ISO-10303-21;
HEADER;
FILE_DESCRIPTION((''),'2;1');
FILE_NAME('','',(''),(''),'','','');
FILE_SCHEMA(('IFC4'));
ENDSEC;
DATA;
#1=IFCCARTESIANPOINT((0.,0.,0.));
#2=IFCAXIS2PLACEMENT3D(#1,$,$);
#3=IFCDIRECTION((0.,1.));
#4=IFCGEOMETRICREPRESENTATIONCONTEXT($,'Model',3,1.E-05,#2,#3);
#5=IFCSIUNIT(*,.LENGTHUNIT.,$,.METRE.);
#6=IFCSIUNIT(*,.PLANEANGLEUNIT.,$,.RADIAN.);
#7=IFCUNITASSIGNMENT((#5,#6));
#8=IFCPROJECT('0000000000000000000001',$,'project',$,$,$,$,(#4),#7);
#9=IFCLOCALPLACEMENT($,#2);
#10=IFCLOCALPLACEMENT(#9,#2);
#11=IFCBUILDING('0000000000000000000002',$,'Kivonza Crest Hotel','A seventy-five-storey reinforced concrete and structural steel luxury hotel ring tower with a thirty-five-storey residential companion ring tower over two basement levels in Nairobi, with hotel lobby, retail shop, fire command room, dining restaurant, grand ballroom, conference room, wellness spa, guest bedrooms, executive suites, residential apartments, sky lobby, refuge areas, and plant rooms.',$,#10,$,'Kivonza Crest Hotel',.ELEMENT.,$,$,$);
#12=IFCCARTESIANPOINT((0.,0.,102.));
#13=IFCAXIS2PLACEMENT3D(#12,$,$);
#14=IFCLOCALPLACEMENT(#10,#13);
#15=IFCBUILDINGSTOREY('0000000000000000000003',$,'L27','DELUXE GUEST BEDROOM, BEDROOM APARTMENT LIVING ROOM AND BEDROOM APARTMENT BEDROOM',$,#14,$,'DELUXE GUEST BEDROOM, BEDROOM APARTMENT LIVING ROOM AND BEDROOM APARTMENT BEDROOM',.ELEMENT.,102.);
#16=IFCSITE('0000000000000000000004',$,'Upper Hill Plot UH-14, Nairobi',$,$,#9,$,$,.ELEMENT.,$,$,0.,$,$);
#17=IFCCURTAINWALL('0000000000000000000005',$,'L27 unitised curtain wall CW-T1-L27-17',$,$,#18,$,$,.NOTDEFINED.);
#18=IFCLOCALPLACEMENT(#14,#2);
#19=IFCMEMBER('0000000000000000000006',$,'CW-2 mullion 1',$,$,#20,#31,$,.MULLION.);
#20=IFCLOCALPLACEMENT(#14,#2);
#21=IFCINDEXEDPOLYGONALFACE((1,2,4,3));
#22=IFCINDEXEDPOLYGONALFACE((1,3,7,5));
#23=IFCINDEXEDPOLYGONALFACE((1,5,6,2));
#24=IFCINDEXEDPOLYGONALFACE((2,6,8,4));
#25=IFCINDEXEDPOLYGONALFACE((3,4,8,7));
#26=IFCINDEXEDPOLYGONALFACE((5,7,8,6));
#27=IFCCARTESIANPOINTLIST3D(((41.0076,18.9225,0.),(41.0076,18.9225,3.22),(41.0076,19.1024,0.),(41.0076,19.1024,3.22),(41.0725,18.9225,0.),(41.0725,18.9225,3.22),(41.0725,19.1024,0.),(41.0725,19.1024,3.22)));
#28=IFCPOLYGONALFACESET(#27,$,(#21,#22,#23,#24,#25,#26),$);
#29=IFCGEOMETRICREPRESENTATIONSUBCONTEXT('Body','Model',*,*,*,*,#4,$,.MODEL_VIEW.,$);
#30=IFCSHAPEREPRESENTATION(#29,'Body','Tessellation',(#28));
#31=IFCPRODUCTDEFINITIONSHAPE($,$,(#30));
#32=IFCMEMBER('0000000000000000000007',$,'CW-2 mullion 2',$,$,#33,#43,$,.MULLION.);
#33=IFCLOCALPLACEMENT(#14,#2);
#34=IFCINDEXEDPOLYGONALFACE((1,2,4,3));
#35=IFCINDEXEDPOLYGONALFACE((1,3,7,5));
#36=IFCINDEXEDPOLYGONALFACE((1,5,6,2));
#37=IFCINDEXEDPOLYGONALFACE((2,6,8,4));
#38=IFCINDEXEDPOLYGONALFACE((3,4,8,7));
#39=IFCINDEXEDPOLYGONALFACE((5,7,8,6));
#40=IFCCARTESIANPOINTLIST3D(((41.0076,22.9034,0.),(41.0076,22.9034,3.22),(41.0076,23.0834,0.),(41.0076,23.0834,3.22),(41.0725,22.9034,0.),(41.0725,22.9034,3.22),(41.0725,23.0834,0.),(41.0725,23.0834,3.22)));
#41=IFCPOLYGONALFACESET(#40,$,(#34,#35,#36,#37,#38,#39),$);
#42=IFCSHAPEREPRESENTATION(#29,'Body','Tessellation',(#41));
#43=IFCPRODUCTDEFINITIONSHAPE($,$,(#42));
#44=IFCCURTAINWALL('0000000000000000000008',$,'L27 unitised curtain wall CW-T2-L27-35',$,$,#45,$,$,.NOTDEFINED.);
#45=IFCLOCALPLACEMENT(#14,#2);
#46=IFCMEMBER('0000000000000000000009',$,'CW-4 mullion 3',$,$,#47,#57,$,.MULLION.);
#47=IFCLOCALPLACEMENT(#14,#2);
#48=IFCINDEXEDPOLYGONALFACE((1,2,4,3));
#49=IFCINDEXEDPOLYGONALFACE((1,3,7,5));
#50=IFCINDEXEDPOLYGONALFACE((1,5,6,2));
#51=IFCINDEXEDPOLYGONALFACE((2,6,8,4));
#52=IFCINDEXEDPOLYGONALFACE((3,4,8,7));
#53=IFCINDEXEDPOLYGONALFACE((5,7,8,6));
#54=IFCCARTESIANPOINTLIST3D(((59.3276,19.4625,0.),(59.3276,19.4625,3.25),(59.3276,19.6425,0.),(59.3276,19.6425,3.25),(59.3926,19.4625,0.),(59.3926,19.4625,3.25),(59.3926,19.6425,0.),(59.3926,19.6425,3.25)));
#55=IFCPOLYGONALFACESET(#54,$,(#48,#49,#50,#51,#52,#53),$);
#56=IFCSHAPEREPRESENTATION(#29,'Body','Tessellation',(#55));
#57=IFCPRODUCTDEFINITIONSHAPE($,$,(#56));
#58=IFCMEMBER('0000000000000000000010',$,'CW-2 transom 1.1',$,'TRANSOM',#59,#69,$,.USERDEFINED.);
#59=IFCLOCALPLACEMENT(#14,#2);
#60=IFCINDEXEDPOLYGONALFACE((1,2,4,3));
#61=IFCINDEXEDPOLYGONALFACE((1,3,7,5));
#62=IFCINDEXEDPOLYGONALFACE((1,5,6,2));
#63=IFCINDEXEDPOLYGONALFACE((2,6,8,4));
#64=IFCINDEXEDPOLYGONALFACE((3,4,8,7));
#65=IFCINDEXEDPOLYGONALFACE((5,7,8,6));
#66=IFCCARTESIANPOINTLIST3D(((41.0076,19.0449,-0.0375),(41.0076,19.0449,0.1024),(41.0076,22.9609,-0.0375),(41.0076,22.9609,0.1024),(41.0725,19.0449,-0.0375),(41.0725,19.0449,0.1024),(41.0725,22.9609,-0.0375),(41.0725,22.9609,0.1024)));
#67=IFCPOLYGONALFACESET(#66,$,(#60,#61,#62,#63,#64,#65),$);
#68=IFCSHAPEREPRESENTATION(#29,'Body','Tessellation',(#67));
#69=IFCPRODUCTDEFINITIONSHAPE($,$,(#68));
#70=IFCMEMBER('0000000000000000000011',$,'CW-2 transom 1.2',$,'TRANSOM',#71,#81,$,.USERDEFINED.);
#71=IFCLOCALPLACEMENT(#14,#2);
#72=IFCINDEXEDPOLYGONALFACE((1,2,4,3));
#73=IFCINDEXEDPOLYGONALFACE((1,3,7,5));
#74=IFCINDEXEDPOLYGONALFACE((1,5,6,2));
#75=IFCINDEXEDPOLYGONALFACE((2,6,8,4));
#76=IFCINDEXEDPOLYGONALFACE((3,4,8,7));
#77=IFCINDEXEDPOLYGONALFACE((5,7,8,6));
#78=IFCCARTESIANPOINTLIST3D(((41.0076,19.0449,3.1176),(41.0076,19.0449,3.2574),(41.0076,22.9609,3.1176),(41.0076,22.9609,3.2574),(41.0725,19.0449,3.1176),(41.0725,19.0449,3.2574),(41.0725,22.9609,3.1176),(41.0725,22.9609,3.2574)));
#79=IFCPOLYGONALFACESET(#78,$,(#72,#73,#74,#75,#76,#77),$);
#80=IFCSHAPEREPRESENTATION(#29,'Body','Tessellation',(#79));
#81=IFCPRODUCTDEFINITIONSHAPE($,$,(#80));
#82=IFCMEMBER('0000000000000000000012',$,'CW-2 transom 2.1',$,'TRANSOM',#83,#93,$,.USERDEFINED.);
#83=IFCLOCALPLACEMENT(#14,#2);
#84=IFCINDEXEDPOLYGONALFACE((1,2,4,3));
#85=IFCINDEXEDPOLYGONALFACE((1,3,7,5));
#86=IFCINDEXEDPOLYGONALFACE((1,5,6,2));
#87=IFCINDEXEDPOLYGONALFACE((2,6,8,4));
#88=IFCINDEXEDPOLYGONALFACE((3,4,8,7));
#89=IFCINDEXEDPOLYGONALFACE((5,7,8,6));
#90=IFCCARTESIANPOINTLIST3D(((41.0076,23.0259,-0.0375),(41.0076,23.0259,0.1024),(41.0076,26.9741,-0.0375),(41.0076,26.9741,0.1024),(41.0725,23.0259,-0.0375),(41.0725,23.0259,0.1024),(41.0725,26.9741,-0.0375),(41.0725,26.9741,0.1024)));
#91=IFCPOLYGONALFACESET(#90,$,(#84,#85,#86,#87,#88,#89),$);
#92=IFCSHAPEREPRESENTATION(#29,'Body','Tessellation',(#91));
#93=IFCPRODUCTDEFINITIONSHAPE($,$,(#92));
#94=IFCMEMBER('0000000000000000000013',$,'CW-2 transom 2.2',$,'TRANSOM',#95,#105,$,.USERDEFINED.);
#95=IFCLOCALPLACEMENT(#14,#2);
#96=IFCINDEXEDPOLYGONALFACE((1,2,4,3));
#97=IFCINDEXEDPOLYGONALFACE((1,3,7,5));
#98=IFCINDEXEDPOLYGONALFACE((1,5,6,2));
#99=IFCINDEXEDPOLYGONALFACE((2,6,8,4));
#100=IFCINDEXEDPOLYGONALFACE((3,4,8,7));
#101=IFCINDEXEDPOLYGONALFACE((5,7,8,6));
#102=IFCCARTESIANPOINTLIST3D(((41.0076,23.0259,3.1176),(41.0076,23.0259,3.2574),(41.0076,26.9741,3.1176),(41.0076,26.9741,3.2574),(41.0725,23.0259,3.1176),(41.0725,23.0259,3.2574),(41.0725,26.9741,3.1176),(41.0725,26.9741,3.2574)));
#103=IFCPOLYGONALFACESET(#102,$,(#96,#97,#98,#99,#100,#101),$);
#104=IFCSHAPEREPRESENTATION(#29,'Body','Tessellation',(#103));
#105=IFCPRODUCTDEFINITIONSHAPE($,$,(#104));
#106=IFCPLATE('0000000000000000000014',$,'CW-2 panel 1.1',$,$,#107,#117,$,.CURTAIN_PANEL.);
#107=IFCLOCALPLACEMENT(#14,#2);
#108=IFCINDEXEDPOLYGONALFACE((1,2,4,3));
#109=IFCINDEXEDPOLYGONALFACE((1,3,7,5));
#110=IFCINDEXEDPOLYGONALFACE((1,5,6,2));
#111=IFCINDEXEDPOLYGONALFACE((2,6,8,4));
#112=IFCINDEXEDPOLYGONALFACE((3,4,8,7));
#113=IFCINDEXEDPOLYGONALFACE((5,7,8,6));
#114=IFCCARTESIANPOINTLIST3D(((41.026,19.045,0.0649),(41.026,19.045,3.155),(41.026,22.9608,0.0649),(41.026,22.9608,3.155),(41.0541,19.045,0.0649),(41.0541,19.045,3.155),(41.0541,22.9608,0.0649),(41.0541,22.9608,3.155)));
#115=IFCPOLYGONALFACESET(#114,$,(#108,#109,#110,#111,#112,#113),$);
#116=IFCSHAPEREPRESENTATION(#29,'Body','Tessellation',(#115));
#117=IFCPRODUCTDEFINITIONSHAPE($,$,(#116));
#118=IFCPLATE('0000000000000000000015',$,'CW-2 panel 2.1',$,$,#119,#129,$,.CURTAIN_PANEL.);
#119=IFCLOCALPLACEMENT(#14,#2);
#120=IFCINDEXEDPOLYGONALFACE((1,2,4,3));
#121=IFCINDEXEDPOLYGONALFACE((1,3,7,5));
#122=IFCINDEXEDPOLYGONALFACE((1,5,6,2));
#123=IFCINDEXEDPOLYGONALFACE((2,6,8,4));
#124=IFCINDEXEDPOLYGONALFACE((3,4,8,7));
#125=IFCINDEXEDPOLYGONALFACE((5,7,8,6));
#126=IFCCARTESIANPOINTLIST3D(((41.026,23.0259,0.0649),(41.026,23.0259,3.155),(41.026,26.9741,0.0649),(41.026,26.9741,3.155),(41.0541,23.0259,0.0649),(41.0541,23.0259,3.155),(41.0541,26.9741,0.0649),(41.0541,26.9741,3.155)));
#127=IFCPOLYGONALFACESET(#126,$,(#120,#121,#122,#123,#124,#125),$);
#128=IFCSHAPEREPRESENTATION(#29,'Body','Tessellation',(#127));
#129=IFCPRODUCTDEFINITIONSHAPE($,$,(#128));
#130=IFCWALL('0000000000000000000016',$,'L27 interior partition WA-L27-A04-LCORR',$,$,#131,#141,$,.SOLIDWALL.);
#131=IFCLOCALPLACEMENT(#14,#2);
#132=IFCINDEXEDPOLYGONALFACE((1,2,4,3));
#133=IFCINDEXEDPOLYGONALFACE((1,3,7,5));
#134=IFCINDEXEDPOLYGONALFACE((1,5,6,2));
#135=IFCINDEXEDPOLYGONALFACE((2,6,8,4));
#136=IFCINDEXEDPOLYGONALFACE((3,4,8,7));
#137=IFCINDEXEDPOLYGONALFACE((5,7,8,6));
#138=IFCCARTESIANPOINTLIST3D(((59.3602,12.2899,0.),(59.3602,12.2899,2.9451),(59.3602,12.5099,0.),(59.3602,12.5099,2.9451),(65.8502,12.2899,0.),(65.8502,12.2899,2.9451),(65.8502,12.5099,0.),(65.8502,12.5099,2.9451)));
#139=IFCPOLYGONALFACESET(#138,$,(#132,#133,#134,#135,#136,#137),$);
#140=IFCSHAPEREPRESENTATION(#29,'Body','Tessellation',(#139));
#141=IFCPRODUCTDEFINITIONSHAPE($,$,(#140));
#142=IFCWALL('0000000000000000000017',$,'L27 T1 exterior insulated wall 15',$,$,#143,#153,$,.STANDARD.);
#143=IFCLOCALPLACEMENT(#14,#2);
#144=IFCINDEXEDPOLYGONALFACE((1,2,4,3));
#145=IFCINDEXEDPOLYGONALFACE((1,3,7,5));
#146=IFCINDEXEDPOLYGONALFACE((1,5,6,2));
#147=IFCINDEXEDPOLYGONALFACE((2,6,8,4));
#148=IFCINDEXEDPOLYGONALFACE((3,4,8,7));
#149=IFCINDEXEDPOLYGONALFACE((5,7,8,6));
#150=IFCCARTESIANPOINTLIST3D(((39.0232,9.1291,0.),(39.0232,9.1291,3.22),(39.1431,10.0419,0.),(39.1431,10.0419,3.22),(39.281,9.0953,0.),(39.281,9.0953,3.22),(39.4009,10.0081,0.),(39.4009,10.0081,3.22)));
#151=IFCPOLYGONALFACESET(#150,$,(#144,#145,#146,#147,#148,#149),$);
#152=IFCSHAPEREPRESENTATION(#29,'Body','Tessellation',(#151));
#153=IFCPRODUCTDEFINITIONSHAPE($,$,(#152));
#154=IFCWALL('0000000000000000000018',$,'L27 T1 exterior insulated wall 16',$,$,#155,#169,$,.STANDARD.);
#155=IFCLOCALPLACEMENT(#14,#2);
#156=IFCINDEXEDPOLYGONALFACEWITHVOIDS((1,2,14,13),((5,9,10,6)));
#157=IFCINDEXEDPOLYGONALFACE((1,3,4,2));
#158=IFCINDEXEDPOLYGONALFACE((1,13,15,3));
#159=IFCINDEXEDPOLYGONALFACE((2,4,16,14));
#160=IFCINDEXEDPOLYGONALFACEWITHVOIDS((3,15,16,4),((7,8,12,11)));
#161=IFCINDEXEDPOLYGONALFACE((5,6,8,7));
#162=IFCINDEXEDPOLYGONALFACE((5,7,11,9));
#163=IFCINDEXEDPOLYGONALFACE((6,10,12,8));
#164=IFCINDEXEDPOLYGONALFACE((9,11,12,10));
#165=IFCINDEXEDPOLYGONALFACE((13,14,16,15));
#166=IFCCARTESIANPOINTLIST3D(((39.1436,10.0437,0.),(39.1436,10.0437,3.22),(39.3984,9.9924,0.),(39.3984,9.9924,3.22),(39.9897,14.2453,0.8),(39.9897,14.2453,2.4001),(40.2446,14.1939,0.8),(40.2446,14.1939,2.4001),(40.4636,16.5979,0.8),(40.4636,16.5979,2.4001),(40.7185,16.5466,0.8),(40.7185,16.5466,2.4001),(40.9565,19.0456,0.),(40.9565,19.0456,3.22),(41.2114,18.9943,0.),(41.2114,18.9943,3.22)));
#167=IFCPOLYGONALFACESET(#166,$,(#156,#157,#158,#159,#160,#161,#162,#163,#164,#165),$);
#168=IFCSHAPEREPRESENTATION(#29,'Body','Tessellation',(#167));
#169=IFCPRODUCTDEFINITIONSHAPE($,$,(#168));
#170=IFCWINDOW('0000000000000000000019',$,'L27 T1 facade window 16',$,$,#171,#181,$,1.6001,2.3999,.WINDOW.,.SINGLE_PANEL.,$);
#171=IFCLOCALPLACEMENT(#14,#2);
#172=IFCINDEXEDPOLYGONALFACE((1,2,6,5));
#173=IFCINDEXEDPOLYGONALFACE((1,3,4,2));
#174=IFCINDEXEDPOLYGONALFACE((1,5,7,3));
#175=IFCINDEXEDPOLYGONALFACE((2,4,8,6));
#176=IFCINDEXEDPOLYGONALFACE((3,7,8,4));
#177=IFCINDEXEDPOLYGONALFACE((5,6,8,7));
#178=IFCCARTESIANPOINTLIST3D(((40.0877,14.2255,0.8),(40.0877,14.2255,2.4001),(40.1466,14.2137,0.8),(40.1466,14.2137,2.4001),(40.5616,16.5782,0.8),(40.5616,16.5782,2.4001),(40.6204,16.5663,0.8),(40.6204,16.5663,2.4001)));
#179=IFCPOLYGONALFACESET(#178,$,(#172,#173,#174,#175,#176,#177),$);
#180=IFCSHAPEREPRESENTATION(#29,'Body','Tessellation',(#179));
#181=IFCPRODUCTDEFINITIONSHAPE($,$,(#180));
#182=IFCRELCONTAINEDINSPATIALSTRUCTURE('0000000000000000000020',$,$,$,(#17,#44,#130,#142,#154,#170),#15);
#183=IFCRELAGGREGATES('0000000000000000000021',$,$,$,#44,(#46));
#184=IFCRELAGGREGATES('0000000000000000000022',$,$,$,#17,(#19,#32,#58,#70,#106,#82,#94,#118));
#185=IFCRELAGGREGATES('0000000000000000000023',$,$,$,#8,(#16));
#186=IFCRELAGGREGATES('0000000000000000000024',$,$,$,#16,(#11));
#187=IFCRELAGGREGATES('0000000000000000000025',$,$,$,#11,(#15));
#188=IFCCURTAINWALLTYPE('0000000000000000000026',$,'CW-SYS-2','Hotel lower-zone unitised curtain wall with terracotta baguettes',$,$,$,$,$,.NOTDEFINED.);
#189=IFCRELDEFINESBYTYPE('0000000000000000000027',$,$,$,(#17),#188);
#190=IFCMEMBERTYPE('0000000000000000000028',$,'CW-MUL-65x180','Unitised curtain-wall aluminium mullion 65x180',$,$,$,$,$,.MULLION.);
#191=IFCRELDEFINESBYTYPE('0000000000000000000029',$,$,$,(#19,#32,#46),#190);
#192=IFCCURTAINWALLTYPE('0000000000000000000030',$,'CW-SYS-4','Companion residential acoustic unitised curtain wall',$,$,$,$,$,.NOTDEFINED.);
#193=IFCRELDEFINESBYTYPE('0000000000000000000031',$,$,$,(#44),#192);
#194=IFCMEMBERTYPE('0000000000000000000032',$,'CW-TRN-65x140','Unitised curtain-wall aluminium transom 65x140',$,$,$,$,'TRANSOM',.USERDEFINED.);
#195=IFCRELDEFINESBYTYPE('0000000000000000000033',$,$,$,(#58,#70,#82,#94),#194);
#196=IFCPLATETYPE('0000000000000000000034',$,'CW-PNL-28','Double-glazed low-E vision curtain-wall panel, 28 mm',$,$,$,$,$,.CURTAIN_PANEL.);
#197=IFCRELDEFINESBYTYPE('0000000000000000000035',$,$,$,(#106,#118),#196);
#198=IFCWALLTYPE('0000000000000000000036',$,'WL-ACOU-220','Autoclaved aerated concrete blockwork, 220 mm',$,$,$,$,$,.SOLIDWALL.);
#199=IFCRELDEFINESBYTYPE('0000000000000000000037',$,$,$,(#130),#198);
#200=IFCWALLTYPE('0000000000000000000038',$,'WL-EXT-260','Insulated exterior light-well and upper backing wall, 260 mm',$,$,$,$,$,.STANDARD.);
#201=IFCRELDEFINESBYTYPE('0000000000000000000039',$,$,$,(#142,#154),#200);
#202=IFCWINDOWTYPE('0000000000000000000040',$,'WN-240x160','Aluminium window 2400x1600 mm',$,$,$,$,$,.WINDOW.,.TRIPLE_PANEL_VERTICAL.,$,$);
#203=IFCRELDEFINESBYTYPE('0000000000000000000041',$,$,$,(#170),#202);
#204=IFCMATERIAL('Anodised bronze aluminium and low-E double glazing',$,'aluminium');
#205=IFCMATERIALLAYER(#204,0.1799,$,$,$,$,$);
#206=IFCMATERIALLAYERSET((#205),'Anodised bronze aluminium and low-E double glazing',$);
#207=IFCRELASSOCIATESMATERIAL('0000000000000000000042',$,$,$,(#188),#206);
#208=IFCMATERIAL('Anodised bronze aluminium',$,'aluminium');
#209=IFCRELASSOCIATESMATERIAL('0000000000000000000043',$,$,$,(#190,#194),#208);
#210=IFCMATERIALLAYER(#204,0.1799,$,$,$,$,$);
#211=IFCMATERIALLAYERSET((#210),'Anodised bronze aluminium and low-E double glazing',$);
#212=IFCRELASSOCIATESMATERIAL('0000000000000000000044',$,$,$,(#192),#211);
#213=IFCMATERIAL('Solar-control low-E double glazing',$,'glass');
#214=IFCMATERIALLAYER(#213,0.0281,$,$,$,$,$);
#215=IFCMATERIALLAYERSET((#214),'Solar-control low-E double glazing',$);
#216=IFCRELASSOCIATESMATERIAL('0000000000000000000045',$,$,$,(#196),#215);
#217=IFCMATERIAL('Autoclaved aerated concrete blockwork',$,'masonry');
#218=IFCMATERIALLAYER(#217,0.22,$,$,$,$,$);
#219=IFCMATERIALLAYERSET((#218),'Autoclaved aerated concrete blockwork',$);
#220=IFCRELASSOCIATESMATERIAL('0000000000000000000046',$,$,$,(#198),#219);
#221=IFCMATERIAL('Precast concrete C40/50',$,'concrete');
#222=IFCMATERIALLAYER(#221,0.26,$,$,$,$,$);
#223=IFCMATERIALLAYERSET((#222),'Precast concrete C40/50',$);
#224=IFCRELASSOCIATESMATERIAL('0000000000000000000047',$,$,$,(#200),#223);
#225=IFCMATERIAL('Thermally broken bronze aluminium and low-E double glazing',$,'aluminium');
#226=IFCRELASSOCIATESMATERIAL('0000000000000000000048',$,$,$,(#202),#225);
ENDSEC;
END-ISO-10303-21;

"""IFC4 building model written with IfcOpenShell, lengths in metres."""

from ifc_helpers import new_model, si_unit, direction, frame, frame_2d, origin, origin_2d, place, context, subcontext, project, spatial, rectangle, extrude, material, layer, layer_set, material_profile, profile_set, type_object, element, fill, aggregate, save


model = new_model("IFC4")

# Units and contexts
model_context = context("Model", 3, precision=1e-05, world=origin(), true_north=direction((0.0, 1.0)))
body_context = subcontext(model_context, "Body", "Model", "MODEL_VIEW")
ifc_project = project(units=[si_unit("LENGTHUNIT", "METRE"), si_unit("PLANEANGLEUNIT", "RADIAN")], contexts=[model_context])

# Site, building, storey
site_placement = place(None, origin())
site = spatial("IfcSite", under=ifc_project, at=site_placement, Name="Upper Hill Plot UH-14, Nairobi", CompositionType="ELEMENT", RefElevation=0.0)
building_placement = place(site_placement, origin())
building = spatial("IfcBuilding", under=site, at=building_placement, Name="Kivonza Crest Hotel", Description="A seventy-five-storey reinforced concrete and structural steel luxury hotel ring tower with a thirty-five-storey residential companion ring tower over two basement levels in Nairobi, with hotel lobby, retail shop, fire command room, dining restaurant, grand ballroom, conference room, wellness spa, guest bedrooms, executive suites, residential apartments, sky lobby, refuge areas, and plant rooms.", LongName="Kivonza Crest Hotel", CompositionType="ELEMENT")
storey_placement = place(building_placement, frame((0.0, 0.0, 102.0)))
storey = spatial("IfcBuildingStorey", under=building, at=storey_placement, Name="L27", Description="DELUXE GUEST BEDROOM, BEDROOM APARTMENT LIVING ROOM AND BEDROOM APARTMENT BEDROOM", LongName="DELUXE GUEST BEDROOM, BEDROOM APARTMENT LIVING ROOM AND BEDROOM APARTMENT BEDROOM", CompositionType="ELEMENT", Elevation=102.0)

# Curtain wall, members
ifc_material_1 = material(Name="Anodised bronze aluminium and low-E double glazing", Category="aluminium")
ifc_layer_1 = layer(ifc_material_1, 0.1799)
ifc_layer_set_1 = layer_set([ifc_layer_1], Name="Anodised bronze aluminium and low-E double glazing")
curtain_wall_type_1 = type_object("IfcCurtainWallType", Name="CW-SYS-2", Description="Hotel lower-zone unitised curtain wall with terracotta baguettes", PredefinedType="NOTDEFINED", material=ifc_layer_set_1)
curtain_wall_1_placement = place(storey_placement, origin())
curtain_wall_1 = element("IfcCurtainWall", 1, at=curtain_wall_1_placement, inside=storey, type_object=curtain_wall_type_1, Name="L27 unitised curtain wall CW-T1-L27-17", PredefinedType="NOTDEFINED")
ifc_material_2 = material(Name="Anodised bronze aluminium", Category="aluminium")
ifc_material_profile_1 = material_profile(ifc_material_2, rectangle(XDim=0.0649, YDim=0.1799, at=origin_2d()), Name="CW-M 65x180")
ifc_profile_set_1 = profile_set([ifc_material_profile_1], Name="Anodised bronze aluminium")
member_type_1 = type_object("IfcMemberType", Name="CW-MUL-65x180", Description="Unitised curtain-wall aluminium mullion 65x180", PredefinedType="MULLION", material=ifc_profile_set_1)
member_1_placement = place(storey_placement, frame((41.04, 19.0125, 0.0), z_axis=(0.0, 0.0, 1.0), x_axis=(-1.0, 0.0, 0.0)))
member_1 = element("IfcMember", 2, at=member_1_placement, type_object=member_type_1, Name="CW-2 mullion 1", PredefinedType="MULLION", context=body_context, shape_type="SweptSolid", body=[
    extrude(rectangle(XDim=0.0649, YDim=0.1799, at=origin_2d()), origin(), (0.0, 0.0, 1.0), 3.22),
])
member_2_placement = place(storey_placement, frame((41.04, 22.9934, 0.0), z_axis=(0.0, 0.0, 1.0), x_axis=(-1.0, 0.0, 0.0)))
member_2 = element("IfcMember", 3, at=member_2_placement, type_object=member_type_1, Name="CW-2 mullion 2", PredefinedType="MULLION", context=body_context, shape_type="SweptSolid", body=[
    extrude(rectangle(XDim=0.0649, YDim=0.1799, at=origin_2d()), origin(), (0.0, 0.0, 1.0), 3.22),
])

# Curtain wall, member
ifc_layer_2 = layer(ifc_material_1, 0.1799)
ifc_layer_set_2 = layer_set([ifc_layer_2], Name="Anodised bronze aluminium and low-E double glazing")
curtain_wall_type_2 = type_object("IfcCurtainWallType", Name="CW-SYS-4", Description="Companion residential acoustic unitised curtain wall", PredefinedType="NOTDEFINED", material=ifc_layer_set_2)
curtain_wall_2_placement = place(storey_placement, origin())
curtain_wall_2 = element("IfcCurtainWall", 4, at=curtain_wall_2_placement, inside=storey, type_object=curtain_wall_type_2, Name="L27 unitised curtain wall CW-T2-L27-35", PredefinedType="NOTDEFINED")
member_3_placement = place(storey_placement, frame((59.3601, 19.5525, 0.0), z_axis=(0.0, 0.0, 1.0), x_axis=(1.0, 0.0, 0.0)))
member_3 = element("IfcMember", 5, at=member_3_placement, type_object=member_type_1, Name="CW-4 mullion 3", PredefinedType="MULLION", context=body_context, shape_type="SweptSolid", body=[
    extrude(rectangle(XDim=0.0649, YDim=0.1799, at=origin_2d()), origin(), (0.0, 0.0, 1.0), 3.25),
])
aggregate(curtain_wall_2, [member_3])

# Members
ifc_material_profile_2 = material_profile(ifc_material_2, rectangle(XDim=0.0649, YDim=0.1399, at=origin_2d()), Name="CW-T 65x140")
ifc_profile_set_2 = profile_set([ifc_material_profile_2], Name="Anodised bronze aluminium")
member_type_2 = type_object("IfcMemberType", Name="CW-TRN-65x140", Description="Unitised curtain-wall aluminium transom 65x140", ElementType="TRANSOM", PredefinedType="USERDEFINED", material=ifc_profile_set_2)
member_4_placement = place(storey_placement, frame((41.04, 19.0449, 0.0325), z_axis=(0.0, 1.0, 0.0), x_axis=(-1.0, 0.0, 0.0)))
member_4 = element("IfcMember", 6, at=member_4_placement, type_object=member_type_2, Name="CW-2 transom 1.1", ObjectType="TRANSOM", PredefinedType="USERDEFINED", context=body_context, shape_type="SweptSolid", body=[
    extrude(rectangle(XDim=0.0649, YDim=0.1399, at=origin_2d()), origin(), (0.0, 0.0, 1.0), 3.916),
])
member_5_placement = place(storey_placement, frame((41.04, 19.0449, 3.1875), z_axis=(0.0, 1.0, 0.0), x_axis=(-1.0, 0.0, 0.0)))
member_5 = element("IfcMember", 7, at=member_5_placement, type_object=member_type_2, Name="CW-2 transom 1.2", ObjectType="TRANSOM", PredefinedType="USERDEFINED", context=body_context, shape_type="SweptSolid", body=[
    extrude(rectangle(XDim=0.0649, YDim=0.1399, at=origin_2d()), origin(), (0.0, 0.0, 1.0), 3.916),
])
member_6_placement = place(storey_placement, frame((41.04, 23.0259, 0.0325), z_axis=(0.0, 1.0, 0.0), x_axis=(-1.0, 0.0, 0.0)))
member_6 = element("IfcMember", 8, at=member_6_placement, type_object=member_type_2, Name="CW-2 transom 2.1", ObjectType="TRANSOM", PredefinedType="USERDEFINED", context=body_context, shape_type="SweptSolid", body=[
    extrude(rectangle(XDim=0.0649, YDim=0.1399, at=origin_2d()), origin(), (0.0, 0.0, 1.0), 3.9482),
])
member_7_placement = place(storey_placement, frame((41.04, 23.0259, 3.1875), z_axis=(0.0, 1.0, 0.0), x_axis=(-1.0, 0.0, 0.0)))
member_7 = element("IfcMember", 9, at=member_7_placement, type_object=member_type_2, Name="CW-2 transom 2.2", ObjectType="TRANSOM", PredefinedType="USERDEFINED", context=body_context, shape_type="SweptSolid", body=[
    extrude(rectangle(XDim=0.0649, YDim=0.1399, at=origin_2d()), origin(), (0.0, 0.0, 1.0), 3.9482),
])

# Plates
ifc_material_3 = material(Name="Solar-control low-E double glazing", Category="glass")
ifc_layer_3 = layer(ifc_material_3, 0.0281)
ifc_layer_set_3 = layer_set([ifc_layer_3], Name="Solar-control low-E double glazing")
plate_type = type_object("IfcPlateType", Name="CW-PNL-28", Description="Double-glazed low-E vision curtain-wall panel, 28 mm", PredefinedType="CURTAIN_PANEL", material=ifc_layer_set_3)
plate_1_placement = place(storey_placement, frame((41.04, 21.0029, 0.0649), z_axis=(0.0, 0.0, 1.0), x_axis=(0.0, 1.0, 0.0)))
plate_1 = element("IfcPlate", 10, at=plate_1_placement, type_object=plate_type, Name="CW-2 panel 1.1", PredefinedType="CURTAIN_PANEL", context=body_context, shape_type="SweptSolid", body=[
    extrude(rectangle(XDim=3.9158, YDim=0.0281, at=origin_2d()), origin(), (0.0, 0.0, 1.0), 3.0901),
])
plate_2_placement = place(storey_placement, frame((41.04, 25.0, 0.0649), z_axis=(0.0, 0.0, 1.0), x_axis=(0.0, 1.0, 0.0)))
plate_2 = element("IfcPlate", 11, at=plate_2_placement, type_object=plate_type, Name="CW-2 panel 2.1", PredefinedType="CURTAIN_PANEL", context=body_context, shape_type="SweptSolid", body=[
    extrude(rectangle(XDim=3.9482, YDim=0.0281, at=origin_2d()), origin(), (0.0, 0.0, 1.0), 3.0901),
])
aggregate(curtain_wall_1, [member_1, member_2, member_4, member_5, plate_1, member_6, member_7, plate_2])

# Walls
ifc_material_4 = material(Name="Autoclaved aerated concrete blockwork", Category="masonry")
ifc_layer_4 = layer(ifc_material_4, 0.22)
ifc_layer_set_4 = layer_set([ifc_layer_4], Name="Autoclaved aerated concrete blockwork")
wall_type_1 = type_object("IfcWallType", Name="WL-ACOU-220", Description="Autoclaved aerated concrete blockwork, 220 mm", PredefinedType="SOLIDWALL", material=ifc_layer_set_4)
wall_1_placement = place(storey_placement, frame((59.3601, 12.3999, 0.0), z_axis=(0.0, 0.0, 1.0), x_axis=(1.0, 0.0, 0.0)))
element("IfcWall", 12, at=wall_1_placement, inside=storey, type_object=wall_type_1, Name="L27 interior partition WA-L27-A04-LCORR", PredefinedType="SOLIDWALL", context=body_context, shape_type="SweptSolid", body=[
    extrude(rectangle(XDim=6.49, YDim=0.22, at=frame_2d((3.2451, 0.0))), origin(), (0.0, 0.0, 1.0), 2.9451),
])
ifc_material_5 = material(Name="Precast concrete C40/50", Category="concrete")
ifc_layer_5 = layer(ifc_material_5, 0.26)
ifc_layer_set_5 = layer_set([ifc_layer_5], Name="Precast concrete C40/50")
wall_type_2 = type_object("IfcWallType", Name="WL-EXT-260", Description="Insulated exterior light-well and upper backing wall, 260 mm", PredefinedType="STANDARD", material=ifc_layer_set_5)
wall_2_placement = place(storey_placement, frame((39.1521, 9.1121, 0.0), z_axis=(0.0, 0.0, 1.0), x_axis=(0.130201, 0.991488, 0.0)))
element("IfcWall", 13, at=wall_2_placement, inside=storey, type_object=wall_type_2, Name="L27 T1 exterior insulated wall 15", PredefinedType="STANDARD", context=body_context, shape_type="SweptSolid", body=[
    extrude(rectangle(XDim=0.9207, YDim=0.26, at=frame_2d((0.4604, 0.0))), origin(), (0.0, 0.0, 1.0), 3.22),
])

# Wall, opening, window
wall_3_placement = place(storey_placement, frame((39.271, 10.0181, 0.0), z_axis=(0.0, 0.0, 1.0), x_axis=(0.197435, 0.980316, 0.0)))
wall_3 = element("IfcWall", 14, at=wall_3_placement, inside=storey, type_object=wall_type_2, Name="L27 T1 exterior insulated wall 16", PredefinedType="STANDARD", context=body_context, shape_type="SweptSolid", body=[
    extrude(rectangle(XDim=9.1826, YDim=0.26, at=frame_2d((4.5913, 0.0))), origin(), (0.0, 0.0, 1.0), 3.22),
])
opening_1_placement = place(wall_3_placement, frame((4.2859, 0.0, 0.8)))
opening_1 = element("IfcOpeningElement", 15, at=opening_1_placement, cuts=wall_3, PredefinedType="OPENING", context=body_context, shape_type="SweptSolid", body=[
    extrude(rectangle(XDim=2.3999, YDim=1.6001, at=frame_2d((1.2, 0.8))), frame((0.0, 0.1401, 0.0), z_axis=(0.0, -1.0, 0.0), x_axis=(1.0, 0.0, 0.0)), (0.0, 0.0, 1.0), 0.28),
])
ifc_material_6 = material(Name="Thermally broken bronze aluminium and low-E double glazing", Category="aluminium")
window_type = type_object("IfcWindowType", Name="WN-240x160", Description="Aluminium window 2400x1600 mm", PartitioningType="TRIPLE_PANEL_VERTICAL", PredefinedType="WINDOW", material=ifc_material_6)
window_1_placement = place(opening_1_placement, origin())
window_1 = element("IfcWindow", 16, at=window_1_placement, inside=storey, type_object=window_type, Name="L27 T1 facade window 16", OverallHeight=1.6001, OverallWidth=2.3999, PartitioningType="SINGLE_PANEL", PredefinedType="WINDOW", context=body_context, shape_type="SweptSolid", body=[
    extrude(rectangle(XDim=2.3999, YDim=1.6001, at=frame_2d((1.2, 0.8))), frame((0.0, 0.03, 0.0), z_axis=(0.0, -1.0, 0.0), x_axis=(1.0, 0.0, 0.0)), (0.0, 0.0, 1.0), 0.0601),
])
fill(opening_1, window_1)

save(model, "model.ifc")
